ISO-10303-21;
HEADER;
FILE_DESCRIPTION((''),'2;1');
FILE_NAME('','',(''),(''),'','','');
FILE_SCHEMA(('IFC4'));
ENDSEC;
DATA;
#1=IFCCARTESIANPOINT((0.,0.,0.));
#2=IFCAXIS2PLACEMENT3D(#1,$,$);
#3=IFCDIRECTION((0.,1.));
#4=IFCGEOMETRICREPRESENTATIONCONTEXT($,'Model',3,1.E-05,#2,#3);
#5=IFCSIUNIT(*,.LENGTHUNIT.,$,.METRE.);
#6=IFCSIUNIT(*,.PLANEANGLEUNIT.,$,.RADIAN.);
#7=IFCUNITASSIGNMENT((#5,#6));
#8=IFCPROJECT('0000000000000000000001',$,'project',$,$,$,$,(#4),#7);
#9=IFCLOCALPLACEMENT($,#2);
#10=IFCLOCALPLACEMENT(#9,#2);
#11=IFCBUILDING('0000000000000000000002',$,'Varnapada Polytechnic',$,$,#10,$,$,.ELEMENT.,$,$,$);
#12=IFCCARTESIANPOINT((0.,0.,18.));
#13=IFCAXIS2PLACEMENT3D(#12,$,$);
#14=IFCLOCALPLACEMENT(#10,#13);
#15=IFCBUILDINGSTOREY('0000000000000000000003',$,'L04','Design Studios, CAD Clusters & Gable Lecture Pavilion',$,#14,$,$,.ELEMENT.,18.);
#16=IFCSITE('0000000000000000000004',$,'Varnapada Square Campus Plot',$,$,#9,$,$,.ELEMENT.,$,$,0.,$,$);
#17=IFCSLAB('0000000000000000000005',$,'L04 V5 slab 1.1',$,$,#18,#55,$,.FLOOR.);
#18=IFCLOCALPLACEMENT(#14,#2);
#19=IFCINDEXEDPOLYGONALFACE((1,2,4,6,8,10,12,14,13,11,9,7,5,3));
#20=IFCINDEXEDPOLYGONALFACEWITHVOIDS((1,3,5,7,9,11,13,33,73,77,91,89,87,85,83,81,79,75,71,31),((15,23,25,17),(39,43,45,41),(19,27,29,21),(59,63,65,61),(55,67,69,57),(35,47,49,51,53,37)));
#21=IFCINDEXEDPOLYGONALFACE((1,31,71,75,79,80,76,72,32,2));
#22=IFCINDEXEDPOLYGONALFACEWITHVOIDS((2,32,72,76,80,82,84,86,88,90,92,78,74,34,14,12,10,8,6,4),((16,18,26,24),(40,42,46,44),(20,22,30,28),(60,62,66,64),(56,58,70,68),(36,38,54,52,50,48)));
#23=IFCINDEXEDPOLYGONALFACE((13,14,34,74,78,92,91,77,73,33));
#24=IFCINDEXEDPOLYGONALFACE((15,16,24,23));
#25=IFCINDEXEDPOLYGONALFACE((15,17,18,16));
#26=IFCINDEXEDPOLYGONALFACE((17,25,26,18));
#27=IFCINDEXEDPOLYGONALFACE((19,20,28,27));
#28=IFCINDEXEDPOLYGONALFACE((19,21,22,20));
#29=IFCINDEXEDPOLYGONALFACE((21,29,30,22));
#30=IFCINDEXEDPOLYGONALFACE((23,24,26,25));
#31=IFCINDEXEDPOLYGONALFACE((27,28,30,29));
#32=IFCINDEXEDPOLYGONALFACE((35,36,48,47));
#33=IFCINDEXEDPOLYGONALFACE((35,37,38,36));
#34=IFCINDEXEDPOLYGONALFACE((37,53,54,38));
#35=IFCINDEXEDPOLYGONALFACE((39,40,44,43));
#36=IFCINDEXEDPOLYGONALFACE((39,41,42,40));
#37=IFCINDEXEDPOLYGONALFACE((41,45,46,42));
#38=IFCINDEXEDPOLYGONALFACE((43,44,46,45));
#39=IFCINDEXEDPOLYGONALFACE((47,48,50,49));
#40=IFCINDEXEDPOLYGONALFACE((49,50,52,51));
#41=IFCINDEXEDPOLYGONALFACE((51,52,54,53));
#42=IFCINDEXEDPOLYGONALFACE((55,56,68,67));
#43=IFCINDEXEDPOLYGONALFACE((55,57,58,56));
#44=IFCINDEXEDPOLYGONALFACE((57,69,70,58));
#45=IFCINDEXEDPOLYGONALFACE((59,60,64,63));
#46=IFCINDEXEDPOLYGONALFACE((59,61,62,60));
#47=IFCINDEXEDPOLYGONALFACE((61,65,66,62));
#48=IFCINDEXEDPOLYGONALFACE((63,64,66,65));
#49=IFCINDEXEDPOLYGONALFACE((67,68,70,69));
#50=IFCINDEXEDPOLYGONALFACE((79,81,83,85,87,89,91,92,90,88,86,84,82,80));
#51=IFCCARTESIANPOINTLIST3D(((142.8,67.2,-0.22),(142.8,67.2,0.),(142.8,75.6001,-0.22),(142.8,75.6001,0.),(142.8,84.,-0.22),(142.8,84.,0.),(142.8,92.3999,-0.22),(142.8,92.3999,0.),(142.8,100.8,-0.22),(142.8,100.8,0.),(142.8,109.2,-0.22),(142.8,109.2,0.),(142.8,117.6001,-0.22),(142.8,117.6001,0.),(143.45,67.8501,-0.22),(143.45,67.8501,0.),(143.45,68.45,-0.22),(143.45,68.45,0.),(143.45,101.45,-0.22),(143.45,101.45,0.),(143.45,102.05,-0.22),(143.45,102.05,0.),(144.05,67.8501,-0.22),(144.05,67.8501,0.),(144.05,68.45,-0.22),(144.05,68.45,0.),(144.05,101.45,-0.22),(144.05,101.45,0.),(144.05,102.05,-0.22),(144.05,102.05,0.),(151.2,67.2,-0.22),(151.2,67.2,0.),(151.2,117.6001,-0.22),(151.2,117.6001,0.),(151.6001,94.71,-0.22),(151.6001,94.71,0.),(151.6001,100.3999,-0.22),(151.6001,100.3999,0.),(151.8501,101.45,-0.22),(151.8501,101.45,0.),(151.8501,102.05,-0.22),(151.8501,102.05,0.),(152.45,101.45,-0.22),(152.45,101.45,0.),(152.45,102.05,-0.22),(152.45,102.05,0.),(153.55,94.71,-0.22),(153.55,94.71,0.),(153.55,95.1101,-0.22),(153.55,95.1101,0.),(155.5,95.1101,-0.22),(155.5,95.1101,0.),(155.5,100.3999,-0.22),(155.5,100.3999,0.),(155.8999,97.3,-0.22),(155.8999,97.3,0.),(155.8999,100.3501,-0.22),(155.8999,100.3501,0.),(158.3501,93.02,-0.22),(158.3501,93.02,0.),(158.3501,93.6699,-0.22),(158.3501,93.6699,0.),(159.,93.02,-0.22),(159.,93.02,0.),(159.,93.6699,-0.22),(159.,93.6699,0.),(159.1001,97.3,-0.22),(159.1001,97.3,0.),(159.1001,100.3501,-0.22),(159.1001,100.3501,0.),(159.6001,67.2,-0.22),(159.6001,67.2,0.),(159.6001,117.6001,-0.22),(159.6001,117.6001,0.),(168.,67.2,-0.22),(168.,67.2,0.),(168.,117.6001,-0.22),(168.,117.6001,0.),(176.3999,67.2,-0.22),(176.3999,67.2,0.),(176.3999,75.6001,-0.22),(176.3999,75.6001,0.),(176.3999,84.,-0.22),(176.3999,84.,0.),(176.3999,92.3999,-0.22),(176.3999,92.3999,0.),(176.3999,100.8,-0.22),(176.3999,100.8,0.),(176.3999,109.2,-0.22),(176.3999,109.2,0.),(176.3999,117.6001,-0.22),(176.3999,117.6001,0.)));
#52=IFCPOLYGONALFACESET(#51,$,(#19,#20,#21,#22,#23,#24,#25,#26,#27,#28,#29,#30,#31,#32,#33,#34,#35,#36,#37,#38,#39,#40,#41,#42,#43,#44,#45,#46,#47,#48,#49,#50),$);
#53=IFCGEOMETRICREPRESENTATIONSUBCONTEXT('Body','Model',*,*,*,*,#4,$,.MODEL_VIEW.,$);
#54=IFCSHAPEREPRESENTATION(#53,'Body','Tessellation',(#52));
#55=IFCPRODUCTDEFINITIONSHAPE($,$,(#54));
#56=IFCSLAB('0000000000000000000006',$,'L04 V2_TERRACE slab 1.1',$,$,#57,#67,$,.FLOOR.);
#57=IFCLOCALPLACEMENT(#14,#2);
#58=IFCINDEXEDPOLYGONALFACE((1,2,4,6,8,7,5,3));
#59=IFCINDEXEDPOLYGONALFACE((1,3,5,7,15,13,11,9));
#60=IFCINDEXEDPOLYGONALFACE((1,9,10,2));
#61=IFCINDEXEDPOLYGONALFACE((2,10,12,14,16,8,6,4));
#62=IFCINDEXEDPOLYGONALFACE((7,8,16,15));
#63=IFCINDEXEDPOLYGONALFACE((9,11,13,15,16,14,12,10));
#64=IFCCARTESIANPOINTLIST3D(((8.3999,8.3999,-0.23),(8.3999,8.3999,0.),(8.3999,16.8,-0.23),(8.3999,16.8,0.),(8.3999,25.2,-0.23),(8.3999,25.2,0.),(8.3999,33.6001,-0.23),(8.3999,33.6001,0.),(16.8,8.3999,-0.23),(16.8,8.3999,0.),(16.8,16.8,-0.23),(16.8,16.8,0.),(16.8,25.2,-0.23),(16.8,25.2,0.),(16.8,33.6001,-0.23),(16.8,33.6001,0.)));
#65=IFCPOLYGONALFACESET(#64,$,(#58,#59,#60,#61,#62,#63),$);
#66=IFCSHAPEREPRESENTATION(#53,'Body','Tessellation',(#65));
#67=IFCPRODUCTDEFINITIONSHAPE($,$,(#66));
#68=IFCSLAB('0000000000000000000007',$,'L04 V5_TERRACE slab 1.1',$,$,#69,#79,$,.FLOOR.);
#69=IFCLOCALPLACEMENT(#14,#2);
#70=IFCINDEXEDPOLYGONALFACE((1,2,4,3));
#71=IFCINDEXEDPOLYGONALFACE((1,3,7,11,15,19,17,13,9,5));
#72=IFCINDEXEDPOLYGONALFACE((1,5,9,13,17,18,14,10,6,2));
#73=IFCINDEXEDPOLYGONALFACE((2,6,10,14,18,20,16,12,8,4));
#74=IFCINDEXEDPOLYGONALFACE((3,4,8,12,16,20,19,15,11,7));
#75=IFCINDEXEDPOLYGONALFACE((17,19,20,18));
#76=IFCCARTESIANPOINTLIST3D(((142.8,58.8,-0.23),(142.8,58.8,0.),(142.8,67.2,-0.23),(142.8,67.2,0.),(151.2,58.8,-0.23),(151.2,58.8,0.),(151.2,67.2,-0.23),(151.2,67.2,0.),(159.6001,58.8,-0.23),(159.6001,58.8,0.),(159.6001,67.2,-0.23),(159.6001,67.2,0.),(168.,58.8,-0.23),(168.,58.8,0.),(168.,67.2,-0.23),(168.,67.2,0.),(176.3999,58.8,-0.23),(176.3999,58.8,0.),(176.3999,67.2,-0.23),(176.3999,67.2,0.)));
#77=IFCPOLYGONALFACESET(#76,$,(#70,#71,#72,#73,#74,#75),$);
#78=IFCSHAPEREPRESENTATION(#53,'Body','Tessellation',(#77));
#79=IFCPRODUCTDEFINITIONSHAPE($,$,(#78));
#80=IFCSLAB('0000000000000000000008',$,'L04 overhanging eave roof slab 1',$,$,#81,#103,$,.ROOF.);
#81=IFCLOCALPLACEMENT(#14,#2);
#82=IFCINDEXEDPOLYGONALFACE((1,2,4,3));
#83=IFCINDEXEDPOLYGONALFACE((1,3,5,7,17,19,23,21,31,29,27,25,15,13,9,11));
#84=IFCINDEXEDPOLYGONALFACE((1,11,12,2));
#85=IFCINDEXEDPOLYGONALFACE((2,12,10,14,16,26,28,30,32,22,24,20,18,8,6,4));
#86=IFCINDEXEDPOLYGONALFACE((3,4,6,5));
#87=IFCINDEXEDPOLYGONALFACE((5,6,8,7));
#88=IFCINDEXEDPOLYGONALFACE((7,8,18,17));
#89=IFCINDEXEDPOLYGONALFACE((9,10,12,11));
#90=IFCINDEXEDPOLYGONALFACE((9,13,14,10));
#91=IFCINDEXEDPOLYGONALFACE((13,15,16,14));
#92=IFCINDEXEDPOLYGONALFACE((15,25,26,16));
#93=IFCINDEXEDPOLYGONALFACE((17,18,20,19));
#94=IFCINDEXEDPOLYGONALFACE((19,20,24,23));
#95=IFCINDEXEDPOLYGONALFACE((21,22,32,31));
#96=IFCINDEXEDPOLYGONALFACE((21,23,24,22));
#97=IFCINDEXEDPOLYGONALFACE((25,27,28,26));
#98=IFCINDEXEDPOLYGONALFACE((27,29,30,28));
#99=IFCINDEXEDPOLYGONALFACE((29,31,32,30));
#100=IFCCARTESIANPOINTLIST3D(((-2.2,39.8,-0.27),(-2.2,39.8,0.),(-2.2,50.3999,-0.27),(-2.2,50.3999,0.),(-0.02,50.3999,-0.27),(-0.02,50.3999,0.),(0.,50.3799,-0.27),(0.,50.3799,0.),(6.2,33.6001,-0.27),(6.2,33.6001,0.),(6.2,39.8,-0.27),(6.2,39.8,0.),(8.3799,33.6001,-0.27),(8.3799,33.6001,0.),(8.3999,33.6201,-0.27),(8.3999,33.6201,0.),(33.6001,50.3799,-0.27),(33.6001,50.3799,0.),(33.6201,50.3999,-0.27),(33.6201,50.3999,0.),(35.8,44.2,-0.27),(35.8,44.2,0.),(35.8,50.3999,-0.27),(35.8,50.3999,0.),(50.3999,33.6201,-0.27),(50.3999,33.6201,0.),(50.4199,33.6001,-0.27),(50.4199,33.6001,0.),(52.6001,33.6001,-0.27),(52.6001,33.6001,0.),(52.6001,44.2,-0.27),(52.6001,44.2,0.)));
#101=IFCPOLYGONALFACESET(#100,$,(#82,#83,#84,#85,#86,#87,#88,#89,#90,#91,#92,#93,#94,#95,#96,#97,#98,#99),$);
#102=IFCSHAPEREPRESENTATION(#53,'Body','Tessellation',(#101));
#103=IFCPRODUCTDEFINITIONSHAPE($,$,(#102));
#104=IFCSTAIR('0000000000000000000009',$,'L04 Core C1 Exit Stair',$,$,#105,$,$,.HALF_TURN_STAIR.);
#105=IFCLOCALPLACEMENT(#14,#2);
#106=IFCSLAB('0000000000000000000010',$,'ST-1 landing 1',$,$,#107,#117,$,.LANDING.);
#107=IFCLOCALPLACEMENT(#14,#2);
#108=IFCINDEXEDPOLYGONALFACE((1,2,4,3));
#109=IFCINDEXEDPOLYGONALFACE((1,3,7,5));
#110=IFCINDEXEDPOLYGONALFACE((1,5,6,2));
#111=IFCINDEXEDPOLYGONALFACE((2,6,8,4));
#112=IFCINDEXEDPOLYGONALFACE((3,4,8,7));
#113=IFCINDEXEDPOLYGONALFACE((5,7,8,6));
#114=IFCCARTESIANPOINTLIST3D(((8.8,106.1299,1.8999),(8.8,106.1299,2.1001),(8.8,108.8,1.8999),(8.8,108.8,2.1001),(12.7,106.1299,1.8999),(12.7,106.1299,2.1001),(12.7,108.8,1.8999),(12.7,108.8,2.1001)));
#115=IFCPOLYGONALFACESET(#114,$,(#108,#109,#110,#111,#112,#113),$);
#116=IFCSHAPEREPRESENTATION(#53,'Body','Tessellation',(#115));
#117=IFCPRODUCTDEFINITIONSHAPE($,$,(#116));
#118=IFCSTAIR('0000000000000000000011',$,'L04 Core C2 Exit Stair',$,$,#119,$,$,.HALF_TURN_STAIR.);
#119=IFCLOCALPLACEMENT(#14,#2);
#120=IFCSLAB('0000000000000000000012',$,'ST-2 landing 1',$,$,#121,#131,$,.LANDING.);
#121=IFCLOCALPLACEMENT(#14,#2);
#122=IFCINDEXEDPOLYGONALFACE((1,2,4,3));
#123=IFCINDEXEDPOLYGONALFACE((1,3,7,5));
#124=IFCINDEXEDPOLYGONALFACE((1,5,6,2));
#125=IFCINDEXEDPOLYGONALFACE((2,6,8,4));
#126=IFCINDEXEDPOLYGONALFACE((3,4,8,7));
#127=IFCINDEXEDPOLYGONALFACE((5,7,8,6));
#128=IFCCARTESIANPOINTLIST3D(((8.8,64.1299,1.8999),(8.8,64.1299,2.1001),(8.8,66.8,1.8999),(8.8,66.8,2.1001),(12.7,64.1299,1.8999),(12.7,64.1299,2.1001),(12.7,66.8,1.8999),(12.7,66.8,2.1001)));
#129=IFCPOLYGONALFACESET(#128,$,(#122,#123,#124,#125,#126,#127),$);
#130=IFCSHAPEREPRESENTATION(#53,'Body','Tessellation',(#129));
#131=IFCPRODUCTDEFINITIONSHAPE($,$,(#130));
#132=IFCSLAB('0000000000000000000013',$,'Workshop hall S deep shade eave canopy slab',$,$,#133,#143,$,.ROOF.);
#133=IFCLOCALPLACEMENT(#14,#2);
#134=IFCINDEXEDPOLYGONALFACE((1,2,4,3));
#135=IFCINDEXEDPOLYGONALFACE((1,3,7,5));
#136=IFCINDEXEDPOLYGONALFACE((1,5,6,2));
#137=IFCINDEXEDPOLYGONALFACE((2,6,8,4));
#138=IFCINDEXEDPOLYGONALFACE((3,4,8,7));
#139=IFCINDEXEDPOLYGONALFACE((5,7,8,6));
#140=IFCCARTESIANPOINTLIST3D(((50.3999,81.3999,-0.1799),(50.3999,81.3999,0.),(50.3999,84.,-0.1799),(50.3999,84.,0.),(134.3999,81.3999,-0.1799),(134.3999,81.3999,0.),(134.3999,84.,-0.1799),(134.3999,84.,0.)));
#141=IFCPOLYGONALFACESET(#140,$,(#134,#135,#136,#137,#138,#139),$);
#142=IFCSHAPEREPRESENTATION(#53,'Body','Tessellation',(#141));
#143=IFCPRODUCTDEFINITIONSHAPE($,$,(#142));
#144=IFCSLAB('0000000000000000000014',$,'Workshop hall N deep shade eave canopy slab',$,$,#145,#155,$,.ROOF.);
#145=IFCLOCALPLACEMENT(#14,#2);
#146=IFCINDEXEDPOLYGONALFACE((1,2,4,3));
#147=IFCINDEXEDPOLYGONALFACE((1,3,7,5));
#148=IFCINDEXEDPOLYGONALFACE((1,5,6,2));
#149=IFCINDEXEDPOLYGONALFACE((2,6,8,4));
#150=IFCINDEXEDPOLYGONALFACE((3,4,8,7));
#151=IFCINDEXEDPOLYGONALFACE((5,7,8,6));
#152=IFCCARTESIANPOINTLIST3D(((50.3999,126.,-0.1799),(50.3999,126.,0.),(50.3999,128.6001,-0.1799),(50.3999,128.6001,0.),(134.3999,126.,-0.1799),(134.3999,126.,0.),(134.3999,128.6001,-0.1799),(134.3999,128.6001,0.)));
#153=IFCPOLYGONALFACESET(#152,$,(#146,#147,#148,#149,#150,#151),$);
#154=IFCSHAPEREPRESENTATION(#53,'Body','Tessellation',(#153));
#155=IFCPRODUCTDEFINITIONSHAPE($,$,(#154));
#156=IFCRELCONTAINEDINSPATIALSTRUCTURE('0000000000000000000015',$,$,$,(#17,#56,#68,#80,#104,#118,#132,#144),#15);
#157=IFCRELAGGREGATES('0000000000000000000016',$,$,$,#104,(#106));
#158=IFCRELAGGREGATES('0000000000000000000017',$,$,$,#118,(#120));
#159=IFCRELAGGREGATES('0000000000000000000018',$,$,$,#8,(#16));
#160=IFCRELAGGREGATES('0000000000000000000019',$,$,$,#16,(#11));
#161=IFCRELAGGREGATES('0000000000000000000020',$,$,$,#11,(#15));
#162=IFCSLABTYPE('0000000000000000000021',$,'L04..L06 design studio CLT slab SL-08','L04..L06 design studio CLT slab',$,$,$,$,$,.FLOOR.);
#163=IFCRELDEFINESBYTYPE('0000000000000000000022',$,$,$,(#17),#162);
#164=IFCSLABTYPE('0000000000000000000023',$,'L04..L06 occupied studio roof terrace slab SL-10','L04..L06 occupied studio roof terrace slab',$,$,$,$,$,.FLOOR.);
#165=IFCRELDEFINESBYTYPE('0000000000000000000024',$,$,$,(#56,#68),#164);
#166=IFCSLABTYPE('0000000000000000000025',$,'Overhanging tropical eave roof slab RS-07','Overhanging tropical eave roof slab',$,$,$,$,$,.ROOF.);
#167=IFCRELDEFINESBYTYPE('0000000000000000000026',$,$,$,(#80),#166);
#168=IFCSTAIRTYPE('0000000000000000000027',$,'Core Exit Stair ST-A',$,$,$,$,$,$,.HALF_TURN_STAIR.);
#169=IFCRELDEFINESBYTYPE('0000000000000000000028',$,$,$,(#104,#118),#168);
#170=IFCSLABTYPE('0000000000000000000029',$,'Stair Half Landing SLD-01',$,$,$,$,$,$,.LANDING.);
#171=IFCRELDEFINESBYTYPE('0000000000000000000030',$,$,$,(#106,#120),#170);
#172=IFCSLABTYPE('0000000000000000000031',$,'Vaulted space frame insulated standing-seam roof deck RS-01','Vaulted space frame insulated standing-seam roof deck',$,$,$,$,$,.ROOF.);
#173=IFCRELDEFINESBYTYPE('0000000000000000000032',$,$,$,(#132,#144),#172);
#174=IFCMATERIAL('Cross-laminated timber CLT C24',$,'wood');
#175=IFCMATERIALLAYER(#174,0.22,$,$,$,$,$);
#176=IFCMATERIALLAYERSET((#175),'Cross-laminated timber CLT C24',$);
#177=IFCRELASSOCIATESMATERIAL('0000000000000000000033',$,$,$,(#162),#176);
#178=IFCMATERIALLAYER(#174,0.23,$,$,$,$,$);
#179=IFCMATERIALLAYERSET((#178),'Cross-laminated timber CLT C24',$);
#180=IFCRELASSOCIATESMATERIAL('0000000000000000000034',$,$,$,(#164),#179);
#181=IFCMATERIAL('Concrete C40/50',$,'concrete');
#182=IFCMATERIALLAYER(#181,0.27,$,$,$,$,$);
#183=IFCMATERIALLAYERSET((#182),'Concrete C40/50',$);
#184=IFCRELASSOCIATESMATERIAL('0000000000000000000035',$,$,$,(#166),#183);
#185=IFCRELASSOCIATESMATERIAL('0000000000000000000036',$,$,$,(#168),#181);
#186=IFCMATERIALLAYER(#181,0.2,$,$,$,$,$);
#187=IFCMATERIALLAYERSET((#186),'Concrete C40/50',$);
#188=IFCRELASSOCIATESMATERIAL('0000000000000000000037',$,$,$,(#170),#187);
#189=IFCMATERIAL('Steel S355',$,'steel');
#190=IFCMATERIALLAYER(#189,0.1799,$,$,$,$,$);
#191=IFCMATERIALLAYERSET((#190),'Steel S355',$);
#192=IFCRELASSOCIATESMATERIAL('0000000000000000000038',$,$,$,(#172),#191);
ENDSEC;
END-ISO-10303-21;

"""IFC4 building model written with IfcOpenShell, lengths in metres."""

from ifc_helpers import new_model, si_unit, direction, frame, origin, place, context, subcontext, project, spatial, polyline, outline, extrude, material, layer, layer_set, type_object, element, aggregate, save


model = new_model("IFC4")

# Units and contexts
model_context = context("Model", 3, precision=1e-05, world=origin(), true_north=direction((0.0, 1.0)))
body_context = subcontext(model_context, "Body", "Model", "MODEL_VIEW")
ifc_project = project(units=[si_unit("LENGTHUNIT", "METRE"), si_unit("PLANEANGLEUNIT", "RADIAN")], contexts=[model_context])

# Site, building, storey
site_placement = place(None, origin())
site = spatial("IfcSite", under=ifc_project, at=site_placement, Name="Varnapada Square Campus Plot", CompositionType="ELEMENT", RefElevation=0.0)
building_placement = place(site_placement, origin())
building = spatial("IfcBuilding", under=site, at=building_placement, Name="Varnapada Polytechnic", CompositionType="ELEMENT")
storey_placement = place(building_placement, frame((0.0, 0.0, 18.0)))
storey = spatial("IfcBuildingStorey", under=building, at=storey_placement, Name="L04", Description="Design Studios, CAD Clusters & Gable Lecture Pavilion", CompositionType="ELEMENT", Elevation=18.0)

# Slabs
ifc_material_1 = material(Name="Cross-laminated timber CLT C24", Category="wood")
ifc_layer_1 = layer(ifc_material_1, 0.22)
ifc_layer_set_1 = layer_set([ifc_layer_1], Name="Cross-laminated timber CLT C24")
slab_type_1 = type_object("IfcSlabType", Name="L04..L06 design studio CLT slab SL-08", Description="L04..L06 design studio CLT slab", PredefinedType="FLOOR", material=ifc_layer_set_1)
slab_1_placement = place(storey_placement, frame((0.0, 0.0, -0.22)))
element("IfcSlab", 1, at=slab_1_placement, inside=storey, type_object=slab_type_1, Name="L04 V5 slab 1.1", PredefinedType="FLOOR", context=body_context, shape_type="SweptSolid", body=[
    extrude(outline(polyline([(142.8, 92.3999), (142.8, 100.8), (142.8, 109.2), (142.8, 117.6001), (151.2, 117.6001), (159.6001, 117.6001), (168.0, 117.6001), (176.3999, 117.6001), (176.3999, 109.2), (176.3999, 100.8), (176.3999, 92.3999), (176.3999, 84.0), (176.3999, 75.6001), (176.3999, 67.2), (168.0, 67.2), (159.6001, 67.2), (151.2, 67.2), (142.8, 67.2), (142.8, 75.6001), (142.8, 84.0), (142.8, 92.3999)]), holes=[polyline([(151.6001, 94.71), (153.55, 94.71), (153.55, 95.1101), (155.5, 95.1101), (155.5, 100.3999), (151.6001, 100.3999), (151.6001, 94.71)]), polyline([(155.8999, 97.3), (159.1001, 97.3), (159.1001, 100.3501), (155.8999, 100.3501), (155.8999, 97.3)]), polyline([(158.3501, 93.02), (159.0, 93.02), (159.0, 93.6699), (158.3501, 93.6699), (158.3501, 93.02)]), polyline([(143.45, 67.8501), (144.05, 67.8501), (144.05, 68.45), (143.45, 68.45), (143.45, 67.8501)]), polyline([(143.45, 101.45), (144.05, 101.45), (144.05, 102.05), (143.45, 102.05), (143.45, 101.45)]), polyline([(151.8501, 101.45), (152.45, 101.45), (152.45, 102.05), (151.8501, 102.05), (151.8501, 101.45)])]), origin(), (0.0, 0.0, 1.0), 0.22),
])
ifc_layer_2 = layer(ifc_material_1, 0.23)
ifc_layer_set_2 = layer_set([ifc_layer_2], Name="Cross-laminated timber CLT C24")
slab_type_2 = type_object("IfcSlabType", Name="L04..L06 occupied studio roof terrace slab SL-10", Description="L04..L06 occupied studio roof terrace slab", PredefinedType="FLOOR", material=ifc_layer_set_2)
slab_2_placement = place(storey_placement, frame((0.0, 0.0, -0.23)))
element("IfcSlab", 2, at=slab_2_placement, inside=storey, type_object=slab_type_2, Name="L04 V2_TERRACE slab 1.1", PredefinedType="FLOOR", context=body_context, shape_type="SweptSolid", body=[
    extrude(outline(polyline([(16.8, 8.3999), (8.3999, 8.3999), (8.3999, 16.8), (8.3999, 25.2), (8.3999, 33.6001), (16.8, 33.6001), (16.8, 25.2), (16.8, 16.8), (16.8, 8.3999)])), origin(), (0.0, 0.0, 1.0), 0.23),
])
slab_3_placement = place(storey_placement, frame((0.0, 0.0, -0.23)))
element("IfcSlab", 3, at=slab_3_placement, inside=storey, type_object=slab_type_2, Name="L04 V5_TERRACE slab 1.1", PredefinedType="FLOOR", context=body_context, shape_type="SweptSolid", body=[
    extrude(outline(polyline([(142.8, 67.2), (151.2, 67.2), (159.6001, 67.2), (168.0, 67.2), (176.3999, 67.2), (176.3999, 58.8), (168.0, 58.8), (159.6001, 58.8), (151.2, 58.8), (142.8, 58.8), (142.8, 67.2)])), origin(), (0.0, 0.0, 1.0), 0.23),
])
ifc_material_2 = material(Name="Concrete C40/50", Category="concrete")
ifc_layer_3 = layer(ifc_material_2, 0.27)
ifc_layer_set_3 = layer_set([ifc_layer_3], Name="Concrete C40/50")
slab_type_3 = type_object("IfcSlabType", Name="Overhanging tropical eave roof slab RS-07", Description="Overhanging tropical eave roof slab", PredefinedType="ROOF", material=ifc_layer_set_3)
slab_4_placement = place(storey_placement, frame((0.0, 0.0, -0.27)))
element("IfcSlab", 4, at=slab_4_placement, inside=storey, type_object=slab_type_3, Name="L04 overhanging eave roof slab 1", PredefinedType="ROOF", context=body_context, shape_type="SweptSolid", body=[
    extrude(outline(polyline([(52.6001, 44.2), (52.6001, 33.6001), (50.4199, 33.6001), (50.3999, 33.6201), (8.3999, 33.6201), (8.3799, 33.6001), (6.2, 33.6001), (6.2, 39.8), (-2.2, 39.8), (-2.2, 50.3999), (-0.02, 50.3999), (0.0, 50.3799), (33.6001, 50.3799), (33.6201, 50.3999), (35.8, 50.3999), (35.8, 44.2), (52.6001, 44.2)])), origin(), (0.0, 0.0, 1.0), 0.27),
])

# Stairs, slabs
stair_type = type_object("IfcStairType", Name="Core Exit Stair ST-A", PredefinedType="HALF_TURN_STAIR", material=ifc_material_2)
stair_1_placement = place(storey_placement, origin())
stair_1 = element("IfcStair", 5, at=stair_1_placement, inside=storey, type_object=stair_type, Name="L04 Core C1 Exit Stair", PredefinedType="HALF_TURN_STAIR")
ifc_layer_4 = layer(ifc_material_2, 0.2)
ifc_layer_set_4 = layer_set([ifc_layer_4], Name="Concrete C40/50")
slab_type_4 = type_object("IfcSlabType", Name="Stair Half Landing SLD-01", PredefinedType="LANDING", material=ifc_layer_set_4)
slab_5_placement = place(storey_placement, frame((0.0, 0.0, 1.8999)))
slab_5 = element("IfcSlab", 6, at=slab_5_placement, type_object=slab_type_4, Name="ST-1 landing 1", PredefinedType="LANDING", context=body_context, shape_type="SweptSolid", body=[
    extrude(outline(polyline([(12.7, 106.1299), (12.7, 108.8), (8.8, 108.8), (8.8, 106.1299), (12.7, 106.1299)])), origin(), (0.0, 0.0, 1.0), 0.2002),
])
aggregate(stair_1, [slab_5])
stair_2_placement = place(storey_placement, origin())
stair_2 = element("IfcStair", 7, at=stair_2_placement, inside=storey, type_object=stair_type, Name="L04 Core C2 Exit Stair", PredefinedType="HALF_TURN_STAIR")
slab_6_placement = place(storey_placement, frame((0.0, 0.0, 1.8999)))
slab_6 = element("IfcSlab", 8, at=slab_6_placement, type_object=slab_type_4, Name="ST-2 landing 1", PredefinedType="LANDING", context=body_context, shape_type="SweptSolid", body=[
    extrude(outline(polyline([(12.7, 64.1299), (12.7, 66.8), (8.8, 66.8), (8.8, 64.1299), (12.7, 64.1299)])), origin(), (0.0, 0.0, 1.0), 0.2002),
])
aggregate(stair_2, [slab_6])

# Slabs
ifc_material_3 = material(Name="Steel S355", Category="steel")
ifc_layer_5 = layer(ifc_material_3, 0.1799)
ifc_layer_set_5 = layer_set([ifc_layer_5], Name="Steel S355")
slab_type_5 = type_object("IfcSlabType", Name="Vaulted space frame insulated standing-seam roof deck RS-01", Description="Vaulted space frame insulated standing-seam roof deck", PredefinedType="ROOF", material=ifc_layer_set_5)
slab_7_placement = place(storey_placement, frame((0.0, 0.0, -0.1799)))
element("IfcSlab", 9, at=slab_7_placement, inside=storey, type_object=slab_type_5, Name="Workshop hall S deep shade eave canopy slab", PredefinedType="ROOF", context=body_context, shape_type="SweptSolid", body=[
    extrude(outline(polyline([(134.3999, 81.3999), (134.3999, 84.0), (50.3999, 84.0), (50.3999, 81.3999), (134.3999, 81.3999)])), origin(), (0.0, 0.0, 1.0), 0.1799),
])
slab_8_placement = place(storey_placement, frame((0.0, 0.0, -0.1799)))
element("IfcSlab", 10, at=slab_8_placement, inside=storey, type_object=slab_type_5, Name="Workshop hall N deep shade eave canopy slab", PredefinedType="ROOF", context=body_context, shape_type="SweptSolid", body=[
    extrude(outline(polyline([(134.3999, 126.0), (134.3999, 128.6001), (50.3999, 128.6001), (50.3999, 126.0), (134.3999, 126.0)])), origin(), (0.0, 0.0, 1.0), 0.1799),
])

save(model, "model.ifc")
